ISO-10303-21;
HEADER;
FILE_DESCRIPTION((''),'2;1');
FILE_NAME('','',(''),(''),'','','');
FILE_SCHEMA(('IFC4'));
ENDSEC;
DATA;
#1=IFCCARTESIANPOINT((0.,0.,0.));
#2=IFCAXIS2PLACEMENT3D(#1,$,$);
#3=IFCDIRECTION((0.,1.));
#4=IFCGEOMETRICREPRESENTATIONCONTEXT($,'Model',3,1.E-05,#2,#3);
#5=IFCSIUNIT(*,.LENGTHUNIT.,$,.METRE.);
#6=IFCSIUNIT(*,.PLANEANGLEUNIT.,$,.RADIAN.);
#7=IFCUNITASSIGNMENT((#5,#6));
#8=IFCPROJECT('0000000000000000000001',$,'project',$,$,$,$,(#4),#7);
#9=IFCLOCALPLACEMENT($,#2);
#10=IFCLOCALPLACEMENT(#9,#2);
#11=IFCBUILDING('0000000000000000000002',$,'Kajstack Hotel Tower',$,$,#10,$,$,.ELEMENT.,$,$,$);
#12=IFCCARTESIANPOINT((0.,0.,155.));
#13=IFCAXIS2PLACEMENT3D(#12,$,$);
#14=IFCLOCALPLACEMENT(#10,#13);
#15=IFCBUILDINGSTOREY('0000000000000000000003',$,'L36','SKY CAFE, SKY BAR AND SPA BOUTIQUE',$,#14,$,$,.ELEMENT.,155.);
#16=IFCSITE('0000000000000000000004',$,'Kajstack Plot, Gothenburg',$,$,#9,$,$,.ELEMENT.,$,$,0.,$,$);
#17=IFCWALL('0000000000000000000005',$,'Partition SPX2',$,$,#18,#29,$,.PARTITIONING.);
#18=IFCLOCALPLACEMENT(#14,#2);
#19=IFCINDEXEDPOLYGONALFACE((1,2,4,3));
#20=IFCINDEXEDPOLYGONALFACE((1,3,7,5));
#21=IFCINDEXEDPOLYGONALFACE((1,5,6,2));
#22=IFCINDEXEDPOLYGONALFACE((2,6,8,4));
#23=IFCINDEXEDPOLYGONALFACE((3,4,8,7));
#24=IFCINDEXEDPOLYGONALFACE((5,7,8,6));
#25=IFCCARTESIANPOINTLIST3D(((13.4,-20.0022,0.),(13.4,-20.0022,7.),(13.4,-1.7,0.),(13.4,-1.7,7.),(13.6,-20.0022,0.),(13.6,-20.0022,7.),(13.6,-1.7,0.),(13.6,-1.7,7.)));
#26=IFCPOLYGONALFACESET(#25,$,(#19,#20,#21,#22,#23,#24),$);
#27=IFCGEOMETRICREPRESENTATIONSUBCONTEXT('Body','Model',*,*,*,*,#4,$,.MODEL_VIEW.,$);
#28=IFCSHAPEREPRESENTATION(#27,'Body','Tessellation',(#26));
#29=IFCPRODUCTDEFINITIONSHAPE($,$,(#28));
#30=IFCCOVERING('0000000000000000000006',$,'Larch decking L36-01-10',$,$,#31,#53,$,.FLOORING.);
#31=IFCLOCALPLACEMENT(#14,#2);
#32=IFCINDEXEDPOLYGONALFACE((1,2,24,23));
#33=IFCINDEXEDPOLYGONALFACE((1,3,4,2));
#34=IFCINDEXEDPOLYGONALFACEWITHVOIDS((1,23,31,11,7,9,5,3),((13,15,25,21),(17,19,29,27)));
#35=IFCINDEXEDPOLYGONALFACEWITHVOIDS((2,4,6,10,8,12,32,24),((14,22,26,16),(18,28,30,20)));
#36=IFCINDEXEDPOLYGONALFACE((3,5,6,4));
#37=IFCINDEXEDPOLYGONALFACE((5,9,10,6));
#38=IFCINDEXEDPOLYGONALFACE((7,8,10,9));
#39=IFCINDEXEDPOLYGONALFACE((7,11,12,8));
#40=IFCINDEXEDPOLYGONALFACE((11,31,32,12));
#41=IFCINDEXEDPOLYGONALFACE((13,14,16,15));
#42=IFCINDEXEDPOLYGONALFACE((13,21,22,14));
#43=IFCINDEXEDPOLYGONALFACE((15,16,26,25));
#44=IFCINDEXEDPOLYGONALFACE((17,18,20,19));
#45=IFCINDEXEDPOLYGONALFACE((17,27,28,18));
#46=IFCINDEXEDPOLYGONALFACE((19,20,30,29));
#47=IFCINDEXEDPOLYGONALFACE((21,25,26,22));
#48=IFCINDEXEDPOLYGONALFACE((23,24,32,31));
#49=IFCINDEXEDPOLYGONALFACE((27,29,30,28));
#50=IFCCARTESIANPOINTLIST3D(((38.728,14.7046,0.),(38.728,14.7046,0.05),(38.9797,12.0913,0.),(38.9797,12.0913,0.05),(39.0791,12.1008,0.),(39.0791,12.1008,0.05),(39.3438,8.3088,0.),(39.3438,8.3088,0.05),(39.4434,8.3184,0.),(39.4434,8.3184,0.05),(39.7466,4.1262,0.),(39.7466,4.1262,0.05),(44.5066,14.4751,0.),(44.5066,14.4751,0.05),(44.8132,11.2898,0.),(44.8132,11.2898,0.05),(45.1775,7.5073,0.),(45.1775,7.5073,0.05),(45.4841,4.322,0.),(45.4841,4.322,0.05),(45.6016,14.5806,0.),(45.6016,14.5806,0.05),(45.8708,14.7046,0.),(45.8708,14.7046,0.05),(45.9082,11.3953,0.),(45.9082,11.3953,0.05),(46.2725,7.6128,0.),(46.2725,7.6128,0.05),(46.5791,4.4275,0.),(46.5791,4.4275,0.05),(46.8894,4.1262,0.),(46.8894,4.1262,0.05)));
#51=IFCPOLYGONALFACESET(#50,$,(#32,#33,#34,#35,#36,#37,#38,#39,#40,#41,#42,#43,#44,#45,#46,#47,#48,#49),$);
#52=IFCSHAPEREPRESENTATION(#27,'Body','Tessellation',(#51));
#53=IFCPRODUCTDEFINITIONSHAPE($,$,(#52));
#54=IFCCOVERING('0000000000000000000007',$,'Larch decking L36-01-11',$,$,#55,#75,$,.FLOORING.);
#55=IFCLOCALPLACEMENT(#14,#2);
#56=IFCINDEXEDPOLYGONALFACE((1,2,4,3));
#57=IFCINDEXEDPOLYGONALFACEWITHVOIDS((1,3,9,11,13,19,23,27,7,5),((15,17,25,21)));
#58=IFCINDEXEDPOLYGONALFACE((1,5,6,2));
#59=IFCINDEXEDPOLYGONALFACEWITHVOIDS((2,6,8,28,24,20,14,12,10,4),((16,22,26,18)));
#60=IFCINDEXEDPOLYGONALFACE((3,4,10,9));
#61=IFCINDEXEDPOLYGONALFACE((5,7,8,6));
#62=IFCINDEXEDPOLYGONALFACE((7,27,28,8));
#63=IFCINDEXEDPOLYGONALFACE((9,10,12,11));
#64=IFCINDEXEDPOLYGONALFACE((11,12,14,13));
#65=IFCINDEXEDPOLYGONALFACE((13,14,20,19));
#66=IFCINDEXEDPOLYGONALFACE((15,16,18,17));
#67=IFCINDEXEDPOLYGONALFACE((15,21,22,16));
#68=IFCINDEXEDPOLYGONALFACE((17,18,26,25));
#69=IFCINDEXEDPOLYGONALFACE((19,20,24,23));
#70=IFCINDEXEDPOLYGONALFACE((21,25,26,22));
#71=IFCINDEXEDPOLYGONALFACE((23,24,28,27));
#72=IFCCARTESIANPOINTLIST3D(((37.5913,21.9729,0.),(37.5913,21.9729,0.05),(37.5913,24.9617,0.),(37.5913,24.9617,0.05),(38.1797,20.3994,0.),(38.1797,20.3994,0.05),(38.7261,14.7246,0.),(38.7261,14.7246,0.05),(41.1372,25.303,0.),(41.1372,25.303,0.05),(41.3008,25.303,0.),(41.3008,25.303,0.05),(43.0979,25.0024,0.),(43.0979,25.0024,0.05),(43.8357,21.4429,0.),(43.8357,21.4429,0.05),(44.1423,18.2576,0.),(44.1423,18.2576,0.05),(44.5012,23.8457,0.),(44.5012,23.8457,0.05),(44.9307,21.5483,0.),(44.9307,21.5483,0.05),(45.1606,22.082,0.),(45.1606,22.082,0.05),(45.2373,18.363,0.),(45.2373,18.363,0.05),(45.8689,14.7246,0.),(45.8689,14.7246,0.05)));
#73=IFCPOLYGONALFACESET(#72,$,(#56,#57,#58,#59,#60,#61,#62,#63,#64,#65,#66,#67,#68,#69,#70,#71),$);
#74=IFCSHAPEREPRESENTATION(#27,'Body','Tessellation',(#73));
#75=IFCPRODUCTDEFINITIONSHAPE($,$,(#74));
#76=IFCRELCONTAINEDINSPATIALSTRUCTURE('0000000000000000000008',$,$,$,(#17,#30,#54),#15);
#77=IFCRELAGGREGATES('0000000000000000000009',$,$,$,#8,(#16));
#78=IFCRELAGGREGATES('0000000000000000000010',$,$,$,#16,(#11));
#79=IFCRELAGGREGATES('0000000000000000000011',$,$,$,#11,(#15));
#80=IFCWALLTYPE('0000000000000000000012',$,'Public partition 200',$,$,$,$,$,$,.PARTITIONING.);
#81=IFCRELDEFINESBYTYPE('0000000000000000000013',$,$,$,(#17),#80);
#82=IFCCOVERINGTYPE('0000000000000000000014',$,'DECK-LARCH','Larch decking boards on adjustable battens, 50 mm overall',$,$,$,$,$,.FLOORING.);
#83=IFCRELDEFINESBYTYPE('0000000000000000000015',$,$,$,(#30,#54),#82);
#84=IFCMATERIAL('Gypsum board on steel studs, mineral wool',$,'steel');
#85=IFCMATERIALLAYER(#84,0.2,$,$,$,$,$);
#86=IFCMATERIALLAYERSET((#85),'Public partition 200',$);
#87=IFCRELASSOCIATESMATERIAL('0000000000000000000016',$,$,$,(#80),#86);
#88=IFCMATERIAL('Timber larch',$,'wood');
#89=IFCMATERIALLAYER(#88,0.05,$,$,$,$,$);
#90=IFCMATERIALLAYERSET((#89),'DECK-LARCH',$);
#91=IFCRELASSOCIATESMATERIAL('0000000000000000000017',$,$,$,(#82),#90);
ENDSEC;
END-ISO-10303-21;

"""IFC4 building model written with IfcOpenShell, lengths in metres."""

from ifc_helpers import new_model, si_unit, direction, frame, frame_2d, origin, place, context, subcontext, project, spatial, polyline, rectangle, outline, extrude, material, layer, layer_set, type_object, element, save


model = new_model("IFC4")

# Units and contexts
model_context = context("Model", 3, precision=1e-05, world=origin(), true_north=direction((0.0, 1.0)))
body_context = subcontext(model_context, "Body", "Model", "MODEL_VIEW")
ifc_project = project(units=[si_unit("LENGTHUNIT", "METRE"), si_unit("PLANEANGLEUNIT", "RADIAN")], contexts=[model_context])

# Site, building, storey
site_placement = place(None, origin())
site = spatial("IfcSite", under=ifc_project, at=site_placement, Name="Kajstack Plot, Gothenburg", CompositionType="ELEMENT", RefElevation=0.0)
building_placement = place(site_placement, origin())
building = spatial("IfcBuilding", under=site, at=building_placement, Name="Kajstack Hotel Tower", CompositionType="ELEMENT")
storey_placement = place(building_placement, frame((0.0, 0.0, 155.0)))
storey = spatial("IfcBuildingStorey", under=building, at=storey_placement, Name="L36", Description="SKY CAFE, SKY BAR AND SPA BOUTIQUE", CompositionType="ELEMENT", Elevation=155.0)

# Wall
ifc_material_1 = material(Name="Gypsum board on steel studs, mineral wool", Category="steel")
ifc_layer_1 = layer(ifc_material_1, 0.2)
ifc_layer_set_1 = layer_set([ifc_layer_1], Name="Public partition 200")
wall_type = type_object("IfcWallType", Name="Public partition 200", PredefinedType="PARTITIONING", material=ifc_layer_set_1)
wall_1_placement = place(storey_placement, frame((13.5, -20.0022, 0.0), z_axis=(0.0, 0.0, 1.0), x_axis=(0.0, 1.0, 0.0)))
element("IfcWall", 1, at=wall_1_placement, inside=storey, type_object=wall_type, Name="Partition SPX2", PredefinedType="PARTITIONING", context=body_context, shape_type="SweptSolid", body=[
    extrude(rectangle(XDim=18.3022, YDim=0.2, at=frame_2d((9.1511, 0.0))), origin(), (0.0, 0.0, 1.0), 7.0),
])

# Coverings
ifc_material_2 = material(Name="Timber larch", Category="wood")
ifc_layer_2 = layer(ifc_material_2, 0.05)
ifc_layer_set_2 = layer_set([ifc_layer_2], Name="DECK-LARCH")
covering_type = type_object("IfcCoveringType", Name="DECK-LARCH", Description="Larch decking boards on adjustable battens, 50 mm overall", PredefinedType="FLOORING", material=ifc_layer_set_2)
covering_1_placement = place(storey_placement, origin())
element("IfcCovering", 2, at=covering_1_placement, inside=storey, type_object=covering_type, Name="Larch decking L36-01-10", PredefinedType="FLOORING", context=body_context, shape_type="SweptSolid", body=[
    extrude(outline(polyline([(45.8708, 14.7046), (38.728, 14.7046), (38.9797, 12.0913), (39.0791, 12.1008), (39.4434, 8.3184), (39.3438, 8.3088), (39.7466, 4.1262), (46.8894, 4.1262), (45.8708, 14.7046)]), holes=[polyline([(46.5791, 4.4275), (45.4841, 4.322), (45.1775, 7.5073), (46.2725, 7.6128), (46.5791, 4.4275)]), polyline([(45.6016, 14.5806), (45.9082, 11.3953), (44.8132, 11.2898), (44.5066, 14.4751), (45.6016, 14.5806)])]), origin(), (0.0, 0.0, 1.0), 0.05),
])
covering_2_placement = place(storey_placement, origin())
element("IfcCovering", 3, at=covering_2_placement, inside=storey, type_object=covering_type, Name="Larch decking L36-01-11", PredefinedType="FLOORING", context=body_context, shape_type="SweptSolid", body=[
    extrude(outline(polyline([(37.5913, 24.9617), (37.5913, 21.9729), (38.1797, 20.3994), (38.7261, 14.7246), (45.8689, 14.7246), (45.1606, 22.082), (44.5012, 23.8457), (43.0979, 25.0024), (41.3008, 25.303), (41.1372, 25.303), (37.5913, 24.9617)]), holes=[polyline([(45.2373, 18.363), (44.1423, 18.2576), (43.8357, 21.4429), (44.9307, 21.5483), (45.2373, 18.363)])]), origin(), (0.0, 0.0, 1.0), 0.05),
])

save(model, "model.ifc")
